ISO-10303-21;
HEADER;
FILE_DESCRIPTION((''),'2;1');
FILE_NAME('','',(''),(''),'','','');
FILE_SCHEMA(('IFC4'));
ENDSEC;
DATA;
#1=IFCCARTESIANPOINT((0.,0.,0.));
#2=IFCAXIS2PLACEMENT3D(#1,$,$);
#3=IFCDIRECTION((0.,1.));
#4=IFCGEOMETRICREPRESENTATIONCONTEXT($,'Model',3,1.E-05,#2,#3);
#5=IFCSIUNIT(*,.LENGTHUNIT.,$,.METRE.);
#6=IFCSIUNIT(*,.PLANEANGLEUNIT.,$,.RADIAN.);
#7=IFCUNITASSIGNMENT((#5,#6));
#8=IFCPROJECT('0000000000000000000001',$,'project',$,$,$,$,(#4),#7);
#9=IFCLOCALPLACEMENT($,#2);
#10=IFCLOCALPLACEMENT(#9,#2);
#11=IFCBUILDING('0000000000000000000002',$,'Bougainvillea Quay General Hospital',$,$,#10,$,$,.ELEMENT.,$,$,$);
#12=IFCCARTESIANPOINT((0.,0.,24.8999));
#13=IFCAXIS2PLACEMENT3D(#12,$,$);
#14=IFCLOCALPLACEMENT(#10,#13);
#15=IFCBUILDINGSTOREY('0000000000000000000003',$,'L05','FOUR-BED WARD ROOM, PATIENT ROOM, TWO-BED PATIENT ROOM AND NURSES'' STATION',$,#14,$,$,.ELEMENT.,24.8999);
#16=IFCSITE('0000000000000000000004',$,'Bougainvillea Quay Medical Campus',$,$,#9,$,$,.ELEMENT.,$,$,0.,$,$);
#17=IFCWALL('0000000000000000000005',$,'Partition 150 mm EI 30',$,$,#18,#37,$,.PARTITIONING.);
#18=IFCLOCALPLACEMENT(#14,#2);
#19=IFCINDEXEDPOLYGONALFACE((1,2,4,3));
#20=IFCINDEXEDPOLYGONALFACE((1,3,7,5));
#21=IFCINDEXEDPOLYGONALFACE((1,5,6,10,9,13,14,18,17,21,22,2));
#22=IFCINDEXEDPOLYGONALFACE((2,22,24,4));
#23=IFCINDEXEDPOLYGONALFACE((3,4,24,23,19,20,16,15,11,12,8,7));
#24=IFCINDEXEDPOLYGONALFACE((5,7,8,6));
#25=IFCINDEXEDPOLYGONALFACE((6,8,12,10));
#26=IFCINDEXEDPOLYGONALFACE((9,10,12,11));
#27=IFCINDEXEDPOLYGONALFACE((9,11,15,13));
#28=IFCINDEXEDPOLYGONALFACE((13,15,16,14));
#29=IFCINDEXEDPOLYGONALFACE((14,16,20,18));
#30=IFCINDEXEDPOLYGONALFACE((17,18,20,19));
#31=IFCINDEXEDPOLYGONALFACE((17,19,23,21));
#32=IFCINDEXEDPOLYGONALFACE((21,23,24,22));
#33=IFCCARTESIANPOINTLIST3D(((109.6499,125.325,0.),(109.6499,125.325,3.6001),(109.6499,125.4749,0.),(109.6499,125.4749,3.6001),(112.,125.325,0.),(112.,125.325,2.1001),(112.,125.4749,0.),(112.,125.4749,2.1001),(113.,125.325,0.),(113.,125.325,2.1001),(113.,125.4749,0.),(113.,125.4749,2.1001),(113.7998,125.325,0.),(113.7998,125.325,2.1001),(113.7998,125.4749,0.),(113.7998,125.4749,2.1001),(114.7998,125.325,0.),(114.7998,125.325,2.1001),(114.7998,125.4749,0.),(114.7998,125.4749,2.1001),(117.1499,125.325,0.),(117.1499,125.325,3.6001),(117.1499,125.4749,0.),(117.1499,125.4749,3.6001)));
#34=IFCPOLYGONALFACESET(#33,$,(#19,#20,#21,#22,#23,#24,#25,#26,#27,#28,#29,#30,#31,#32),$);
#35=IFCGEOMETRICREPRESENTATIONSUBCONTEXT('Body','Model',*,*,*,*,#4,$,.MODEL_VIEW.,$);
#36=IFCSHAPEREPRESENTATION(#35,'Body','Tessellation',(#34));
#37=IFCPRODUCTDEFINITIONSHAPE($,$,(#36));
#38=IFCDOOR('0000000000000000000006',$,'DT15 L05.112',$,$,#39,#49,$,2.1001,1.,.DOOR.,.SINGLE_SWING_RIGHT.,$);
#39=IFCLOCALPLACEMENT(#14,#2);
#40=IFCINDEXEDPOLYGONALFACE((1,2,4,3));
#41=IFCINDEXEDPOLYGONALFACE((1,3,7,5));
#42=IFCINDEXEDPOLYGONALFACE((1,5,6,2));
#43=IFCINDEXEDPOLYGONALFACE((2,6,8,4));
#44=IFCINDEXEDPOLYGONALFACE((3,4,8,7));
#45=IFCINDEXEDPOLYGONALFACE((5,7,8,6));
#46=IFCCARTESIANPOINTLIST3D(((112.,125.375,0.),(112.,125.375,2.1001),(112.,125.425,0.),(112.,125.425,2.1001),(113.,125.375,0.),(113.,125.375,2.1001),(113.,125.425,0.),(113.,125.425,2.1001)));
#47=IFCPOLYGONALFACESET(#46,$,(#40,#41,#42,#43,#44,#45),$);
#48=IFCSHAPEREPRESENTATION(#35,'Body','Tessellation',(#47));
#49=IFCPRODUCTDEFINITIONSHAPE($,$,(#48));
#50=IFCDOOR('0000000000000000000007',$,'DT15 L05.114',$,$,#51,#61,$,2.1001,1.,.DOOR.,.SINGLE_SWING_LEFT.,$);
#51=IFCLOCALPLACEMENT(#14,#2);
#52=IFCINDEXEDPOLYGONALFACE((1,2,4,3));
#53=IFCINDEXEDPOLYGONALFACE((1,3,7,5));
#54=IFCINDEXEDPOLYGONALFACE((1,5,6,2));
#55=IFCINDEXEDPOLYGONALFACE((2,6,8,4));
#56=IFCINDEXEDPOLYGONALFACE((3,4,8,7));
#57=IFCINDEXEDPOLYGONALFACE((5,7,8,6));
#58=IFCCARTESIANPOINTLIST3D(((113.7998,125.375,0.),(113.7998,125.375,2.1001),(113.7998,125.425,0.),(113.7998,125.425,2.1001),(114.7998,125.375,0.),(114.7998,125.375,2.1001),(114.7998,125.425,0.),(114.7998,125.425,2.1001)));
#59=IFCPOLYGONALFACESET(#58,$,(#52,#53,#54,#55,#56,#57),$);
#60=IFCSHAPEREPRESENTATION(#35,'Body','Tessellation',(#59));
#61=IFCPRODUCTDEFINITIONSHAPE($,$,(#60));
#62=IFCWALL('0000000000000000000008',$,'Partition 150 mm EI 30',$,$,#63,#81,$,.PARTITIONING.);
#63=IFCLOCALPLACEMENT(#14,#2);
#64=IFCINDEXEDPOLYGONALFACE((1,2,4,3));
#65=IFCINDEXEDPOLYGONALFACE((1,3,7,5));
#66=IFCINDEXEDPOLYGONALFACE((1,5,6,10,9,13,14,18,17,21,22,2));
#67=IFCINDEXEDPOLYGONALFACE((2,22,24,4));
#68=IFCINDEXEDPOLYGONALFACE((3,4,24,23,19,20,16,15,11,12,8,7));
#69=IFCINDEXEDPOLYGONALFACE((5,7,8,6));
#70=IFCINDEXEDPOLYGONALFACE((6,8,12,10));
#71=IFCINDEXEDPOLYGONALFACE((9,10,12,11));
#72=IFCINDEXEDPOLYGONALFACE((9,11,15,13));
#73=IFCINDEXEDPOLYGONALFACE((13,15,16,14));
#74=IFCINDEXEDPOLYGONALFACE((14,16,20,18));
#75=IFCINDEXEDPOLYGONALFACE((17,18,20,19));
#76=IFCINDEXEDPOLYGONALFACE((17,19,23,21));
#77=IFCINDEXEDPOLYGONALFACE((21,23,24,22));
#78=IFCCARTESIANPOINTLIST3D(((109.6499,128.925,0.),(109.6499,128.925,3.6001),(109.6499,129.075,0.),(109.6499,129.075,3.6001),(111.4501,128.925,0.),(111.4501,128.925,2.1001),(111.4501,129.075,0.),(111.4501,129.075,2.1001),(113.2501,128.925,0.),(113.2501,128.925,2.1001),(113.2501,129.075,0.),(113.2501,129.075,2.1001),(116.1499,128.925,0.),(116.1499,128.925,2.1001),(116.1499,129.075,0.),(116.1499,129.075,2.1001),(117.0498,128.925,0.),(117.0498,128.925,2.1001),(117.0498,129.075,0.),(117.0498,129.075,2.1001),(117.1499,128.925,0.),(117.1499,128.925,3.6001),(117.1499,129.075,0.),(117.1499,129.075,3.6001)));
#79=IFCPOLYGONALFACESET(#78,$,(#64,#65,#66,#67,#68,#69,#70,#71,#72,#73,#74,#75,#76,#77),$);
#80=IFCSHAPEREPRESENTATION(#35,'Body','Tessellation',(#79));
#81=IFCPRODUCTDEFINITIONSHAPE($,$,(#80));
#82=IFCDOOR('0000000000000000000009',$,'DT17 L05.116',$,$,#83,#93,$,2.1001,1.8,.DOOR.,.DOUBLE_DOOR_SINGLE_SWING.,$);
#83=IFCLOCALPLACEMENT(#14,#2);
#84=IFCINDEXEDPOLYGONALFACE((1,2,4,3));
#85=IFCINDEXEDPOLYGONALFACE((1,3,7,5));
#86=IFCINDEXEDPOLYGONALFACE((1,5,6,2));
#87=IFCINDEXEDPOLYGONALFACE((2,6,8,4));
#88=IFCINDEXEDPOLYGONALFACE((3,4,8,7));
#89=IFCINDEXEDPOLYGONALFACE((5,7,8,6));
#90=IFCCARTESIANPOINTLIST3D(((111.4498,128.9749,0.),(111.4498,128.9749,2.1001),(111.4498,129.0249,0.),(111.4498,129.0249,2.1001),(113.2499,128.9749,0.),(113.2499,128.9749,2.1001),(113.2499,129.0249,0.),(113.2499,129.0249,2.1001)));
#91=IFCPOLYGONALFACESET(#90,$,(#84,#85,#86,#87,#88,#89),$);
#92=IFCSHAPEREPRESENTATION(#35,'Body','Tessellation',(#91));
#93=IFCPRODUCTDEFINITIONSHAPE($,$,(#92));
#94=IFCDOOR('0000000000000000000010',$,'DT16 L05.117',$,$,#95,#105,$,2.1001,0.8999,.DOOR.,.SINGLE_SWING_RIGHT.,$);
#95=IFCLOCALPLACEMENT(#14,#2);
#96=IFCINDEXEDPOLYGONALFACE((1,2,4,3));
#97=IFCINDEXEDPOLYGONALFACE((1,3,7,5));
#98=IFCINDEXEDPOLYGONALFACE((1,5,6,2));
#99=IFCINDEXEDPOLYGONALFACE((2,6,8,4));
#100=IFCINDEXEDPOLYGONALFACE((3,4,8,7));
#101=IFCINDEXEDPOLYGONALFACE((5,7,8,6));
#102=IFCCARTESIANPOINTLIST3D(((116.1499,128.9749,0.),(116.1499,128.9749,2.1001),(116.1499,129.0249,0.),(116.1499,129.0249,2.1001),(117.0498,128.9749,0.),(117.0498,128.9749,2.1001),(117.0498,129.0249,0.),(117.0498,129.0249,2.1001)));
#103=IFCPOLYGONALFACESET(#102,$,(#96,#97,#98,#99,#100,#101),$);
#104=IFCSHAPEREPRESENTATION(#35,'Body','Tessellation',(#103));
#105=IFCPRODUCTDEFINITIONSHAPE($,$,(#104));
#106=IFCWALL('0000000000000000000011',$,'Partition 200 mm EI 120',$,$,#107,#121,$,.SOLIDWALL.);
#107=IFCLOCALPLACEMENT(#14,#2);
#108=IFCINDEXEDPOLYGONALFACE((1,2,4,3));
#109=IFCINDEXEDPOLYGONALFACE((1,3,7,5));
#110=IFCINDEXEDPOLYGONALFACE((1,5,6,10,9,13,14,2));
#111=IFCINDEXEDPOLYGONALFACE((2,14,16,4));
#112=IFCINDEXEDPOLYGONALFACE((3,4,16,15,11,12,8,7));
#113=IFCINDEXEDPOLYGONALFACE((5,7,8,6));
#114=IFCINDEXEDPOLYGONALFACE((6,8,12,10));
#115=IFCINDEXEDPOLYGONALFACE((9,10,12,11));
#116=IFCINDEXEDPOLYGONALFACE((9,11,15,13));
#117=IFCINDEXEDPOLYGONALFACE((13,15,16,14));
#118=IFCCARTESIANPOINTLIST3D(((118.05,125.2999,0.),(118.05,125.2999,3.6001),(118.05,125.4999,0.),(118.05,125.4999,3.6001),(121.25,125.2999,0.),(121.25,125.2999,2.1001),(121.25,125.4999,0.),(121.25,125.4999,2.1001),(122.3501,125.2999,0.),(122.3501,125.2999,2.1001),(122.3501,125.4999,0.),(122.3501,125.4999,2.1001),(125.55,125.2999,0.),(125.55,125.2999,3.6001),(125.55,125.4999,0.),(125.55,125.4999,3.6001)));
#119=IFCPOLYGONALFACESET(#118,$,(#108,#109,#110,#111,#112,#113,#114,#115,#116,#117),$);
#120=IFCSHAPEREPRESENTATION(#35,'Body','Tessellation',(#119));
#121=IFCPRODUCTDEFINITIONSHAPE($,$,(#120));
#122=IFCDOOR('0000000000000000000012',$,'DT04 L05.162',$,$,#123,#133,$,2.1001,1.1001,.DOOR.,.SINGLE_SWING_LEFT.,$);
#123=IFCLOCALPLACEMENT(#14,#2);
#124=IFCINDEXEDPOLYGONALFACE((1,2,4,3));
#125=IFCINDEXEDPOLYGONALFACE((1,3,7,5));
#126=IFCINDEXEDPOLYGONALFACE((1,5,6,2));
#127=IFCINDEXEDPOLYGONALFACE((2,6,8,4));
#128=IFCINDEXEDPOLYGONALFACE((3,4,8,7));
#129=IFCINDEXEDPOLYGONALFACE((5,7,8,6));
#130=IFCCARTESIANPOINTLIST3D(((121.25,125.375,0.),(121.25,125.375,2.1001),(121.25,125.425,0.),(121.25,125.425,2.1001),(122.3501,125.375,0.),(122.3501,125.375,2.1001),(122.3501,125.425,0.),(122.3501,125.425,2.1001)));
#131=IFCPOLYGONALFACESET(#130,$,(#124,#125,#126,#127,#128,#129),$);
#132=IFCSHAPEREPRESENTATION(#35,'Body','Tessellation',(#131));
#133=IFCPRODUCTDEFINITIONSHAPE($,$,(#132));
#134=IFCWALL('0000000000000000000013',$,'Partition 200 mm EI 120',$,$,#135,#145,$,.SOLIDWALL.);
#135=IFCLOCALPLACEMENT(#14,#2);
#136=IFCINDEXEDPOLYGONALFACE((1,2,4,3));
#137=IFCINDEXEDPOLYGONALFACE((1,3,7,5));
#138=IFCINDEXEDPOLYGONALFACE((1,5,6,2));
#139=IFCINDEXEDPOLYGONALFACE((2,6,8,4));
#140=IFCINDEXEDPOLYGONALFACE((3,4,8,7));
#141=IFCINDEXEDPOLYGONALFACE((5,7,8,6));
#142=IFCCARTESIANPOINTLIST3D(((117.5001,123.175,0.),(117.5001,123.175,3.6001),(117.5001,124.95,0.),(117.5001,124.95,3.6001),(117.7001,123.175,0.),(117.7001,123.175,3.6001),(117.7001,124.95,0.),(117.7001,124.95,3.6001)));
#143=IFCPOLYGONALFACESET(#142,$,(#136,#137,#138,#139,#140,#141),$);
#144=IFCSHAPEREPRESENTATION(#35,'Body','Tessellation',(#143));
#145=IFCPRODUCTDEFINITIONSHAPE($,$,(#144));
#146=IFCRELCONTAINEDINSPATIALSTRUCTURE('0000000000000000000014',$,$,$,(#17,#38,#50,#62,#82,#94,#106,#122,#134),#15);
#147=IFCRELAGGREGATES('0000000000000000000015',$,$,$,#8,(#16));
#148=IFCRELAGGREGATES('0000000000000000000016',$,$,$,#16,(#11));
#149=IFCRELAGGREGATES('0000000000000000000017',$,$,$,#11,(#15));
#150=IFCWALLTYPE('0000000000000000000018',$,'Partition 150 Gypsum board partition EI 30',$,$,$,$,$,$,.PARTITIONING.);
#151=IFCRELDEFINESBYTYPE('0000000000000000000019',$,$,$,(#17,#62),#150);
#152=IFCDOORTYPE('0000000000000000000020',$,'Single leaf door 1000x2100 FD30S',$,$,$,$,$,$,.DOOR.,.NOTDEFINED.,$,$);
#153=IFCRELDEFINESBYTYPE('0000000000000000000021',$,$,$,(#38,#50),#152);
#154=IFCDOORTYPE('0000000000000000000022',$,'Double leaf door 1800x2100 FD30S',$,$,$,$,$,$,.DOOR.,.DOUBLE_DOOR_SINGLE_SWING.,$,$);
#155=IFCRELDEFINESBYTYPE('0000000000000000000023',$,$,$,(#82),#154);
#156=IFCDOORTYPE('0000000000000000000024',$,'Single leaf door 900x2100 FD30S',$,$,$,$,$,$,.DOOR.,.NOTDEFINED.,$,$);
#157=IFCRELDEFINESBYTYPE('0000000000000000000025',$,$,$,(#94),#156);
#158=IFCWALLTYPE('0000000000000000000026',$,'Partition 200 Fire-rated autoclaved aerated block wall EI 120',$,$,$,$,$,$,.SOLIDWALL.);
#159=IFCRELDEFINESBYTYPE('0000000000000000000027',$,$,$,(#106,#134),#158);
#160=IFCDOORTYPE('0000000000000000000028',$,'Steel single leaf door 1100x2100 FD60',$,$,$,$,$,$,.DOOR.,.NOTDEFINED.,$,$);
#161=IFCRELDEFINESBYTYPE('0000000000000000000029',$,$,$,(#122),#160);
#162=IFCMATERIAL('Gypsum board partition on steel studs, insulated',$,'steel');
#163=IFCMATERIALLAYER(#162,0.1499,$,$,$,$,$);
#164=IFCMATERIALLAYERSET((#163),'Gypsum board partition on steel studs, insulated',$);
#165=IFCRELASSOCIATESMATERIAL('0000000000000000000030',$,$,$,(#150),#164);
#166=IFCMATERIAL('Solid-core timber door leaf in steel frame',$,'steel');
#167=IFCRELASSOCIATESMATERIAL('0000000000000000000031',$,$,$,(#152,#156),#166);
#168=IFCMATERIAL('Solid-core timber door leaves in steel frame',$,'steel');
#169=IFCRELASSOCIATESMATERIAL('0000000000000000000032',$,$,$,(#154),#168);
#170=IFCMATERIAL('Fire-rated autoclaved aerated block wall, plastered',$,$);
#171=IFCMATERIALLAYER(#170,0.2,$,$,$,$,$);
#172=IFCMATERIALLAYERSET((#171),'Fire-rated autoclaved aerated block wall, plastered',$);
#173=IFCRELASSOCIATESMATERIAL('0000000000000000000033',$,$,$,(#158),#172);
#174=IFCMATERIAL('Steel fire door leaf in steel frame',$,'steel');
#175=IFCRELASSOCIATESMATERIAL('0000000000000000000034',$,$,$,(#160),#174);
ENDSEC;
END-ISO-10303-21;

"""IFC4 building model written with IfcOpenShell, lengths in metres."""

from ifc_helpers import new_model, si_unit, direction, frame, frame_2d, origin, place, context, subcontext, project, spatial, rectangle, extrude, material, layer, layer_set, type_object, element, fill, save


model = new_model("IFC4")

# Units and contexts
model_context = context("Model", 3, precision=1e-05, world=origin(), true_north=direction((0.0, 1.0)))
body_context = subcontext(model_context, "Body", "Model", "MODEL_VIEW")
ifc_project = project(units=[si_unit("LENGTHUNIT", "METRE"), si_unit("PLANEANGLEUNIT", "RADIAN")], contexts=[model_context])

# Site, building, storey
site_placement = place(None, origin())
site = spatial("IfcSite", under=ifc_project, at=site_placement, Name="Bougainvillea Quay Medical Campus", CompositionType="ELEMENT", RefElevation=0.0)
building_placement = place(site_placement, origin())
building = spatial("IfcBuilding", under=site, at=building_placement, Name="Bougainvillea Quay General Hospital", CompositionType="ELEMENT")
storey_placement = place(building_placement, frame((0.0, 0.0, 24.8999)))
storey = spatial("IfcBuildingStorey", under=building, at=storey_placement, Name="L05", Description="FOUR-BED WARD ROOM, PATIENT ROOM, TWO-BED PATIENT ROOM AND NURSES' STATION", CompositionType="ELEMENT", Elevation=24.8999)

# Shared definitions
ifc_material_1 = material(Name="Gypsum board partition on steel studs, insulated", Category="steel")

# Shared definitions
ifc_material_2 = material(Name="Solid-core timber door leaf in steel frame", Category="steel")

# Walls, openings, doors
ifc_layer_1 = layer(ifc_material_1, 0.1499)
ifc_layer_set_1 = layer_set([ifc_layer_1], Name="Gypsum board partition on steel studs, insulated")
wall_type_1 = type_object("IfcWallType", Name="Partition 150 Gypsum board partition EI 30", PredefinedType="PARTITIONING", material=ifc_layer_set_1)
wall_1_placement = place(storey_placement, frame((117.1499, 125.3999, 0.0), z_axis=(0.0, 0.0, 1.0), x_axis=(-1.0, 0.0, 0.0)))
wall_1 = element("IfcWall", 1, at=wall_1_placement, inside=storey, type_object=wall_type_1, Name="Partition 150 mm EI 30", PredefinedType="PARTITIONING", context=body_context, shape_type="SweptSolid", body=[
    extrude(rectangle(XDim=7.5, YDim=0.1499, at=frame_2d((3.75, 0.0))), origin(), (0.0, 0.0, 1.0), 3.6001),
])
opening_1_placement = place(wall_1_placement, frame((4.1499, 0.0, 0.0)))
opening_1 = element("IfcOpeningElement", 2, at=opening_1_placement, cuts=wall_1, PredefinedType="OPENING", context=body_context, shape_type="SweptSolid", body=[
    extrude(rectangle(XDim=1.0, YDim=2.1001, at=frame_2d((0.5, 1.05))), frame((0.0, 0.085, 0.0), z_axis=(0.0, -1.0, 0.0), x_axis=(1.0, 0.0, 0.0)), (0.0, 0.0, 1.0), 0.1699),
])
opening_2_placement = place(wall_1_placement, frame((2.3501, 0.0, 0.0)))
opening_2 = element("IfcOpeningElement", 3, at=opening_2_placement, cuts=wall_1, PredefinedType="OPENING", context=body_context, shape_type="SweptSolid", body=[
    extrude(rectangle(XDim=1.0, YDim=2.1001, at=frame_2d((0.5, 1.05))), frame((0.0, 0.085, 0.0), z_axis=(0.0, -1.0, 0.0), x_axis=(1.0, 0.0, 0.0)), (0.0, 0.0, 1.0), 0.1699),
])
door_type_1 = type_object("IfcDoorType", Name="Single leaf door 1000x2100 FD30S", OperationType="NOTDEFINED", PredefinedType="DOOR", material=ifc_material_2)
door_1_placement = place(opening_1_placement, origin())
door_1 = element("IfcDoor", 4, at=door_1_placement, inside=storey, type_object=door_type_1, Name="DT15 L05.112", OperationType="SINGLE_SWING_RIGHT", OverallHeight=2.1001, OverallWidth=1.0, PredefinedType="DOOR", context=body_context, shape_type="SweptSolid", body=[
    extrude(rectangle(XDim=1.0, YDim=2.1001, at=frame_2d((0.5, 1.05))), frame((0.0, 0.0249, 0.0), z_axis=(0.0, -1.0, 0.0), x_axis=(1.0, 0.0, 0.0)), (0.0, 0.0, 1.0), 0.05),
])
fill(opening_1, door_1)
door_2_placement = place(opening_2_placement, origin())
door_2 = element("IfcDoor", 5, at=door_2_placement, inside=storey, type_object=door_type_1, Name="DT15 L05.114", OperationType="SINGLE_SWING_LEFT", OverallHeight=2.1001, OverallWidth=1.0, PredefinedType="DOOR", context=body_context, shape_type="SweptSolid", body=[
    extrude(rectangle(XDim=1.0, YDim=2.1001, at=frame_2d((0.5, 1.05))), frame((0.0, 0.0249, 0.0), z_axis=(0.0, -1.0, 0.0), x_axis=(1.0, 0.0, 0.0)), (0.0, 0.0, 1.0), 0.05),
])
fill(opening_2, door_2)
wall_2_placement = place(storey_placement, frame((117.1499, 129.0, 0.0), z_axis=(0.0, 0.0, 1.0), x_axis=(-1.0, 0.0, 0.0)))
wall_2 = element("IfcWall", 6, at=wall_2_placement, inside=storey, type_object=wall_type_1, Name="Partition 150 mm EI 30", PredefinedType="PARTITIONING", context=body_context, shape_type="SweptSolid", body=[
    extrude(rectangle(XDim=7.5, YDim=0.1499, at=frame_2d((3.75, 0.0))), origin(), (0.0, 0.0, 1.0), 3.6001),
])
opening_3_placement = place(wall_2_placement, frame((3.8999, 0.0, 0.0)))
opening_3 = element("IfcOpeningElement", 7, at=opening_3_placement, cuts=wall_2, PredefinedType="OPENING", context=body_context, shape_type="SweptSolid", body=[
    extrude(rectangle(XDim=1.8, YDim=2.1001, at=frame_2d((0.8999, 1.05))), frame((0.0, 0.085, 0.0), z_axis=(0.0, -1.0, 0.0), x_axis=(1.0, 0.0, 0.0)), (0.0, 0.0, 1.0), 0.1699),
])
opening_4_placement = place(wall_2_placement, frame((0.1001, 0.0, 0.0)))
opening_4 = element("IfcOpeningElement", 8, at=opening_4_placement, cuts=wall_2, PredefinedType="OPENING", context=body_context, shape_type="SweptSolid", body=[
    extrude(rectangle(XDim=0.8999, YDim=2.1001, at=frame_2d((0.45, 1.05))), frame((0.0, 0.085, 0.0), z_axis=(0.0, -1.0, 0.0), x_axis=(1.0, 0.0, 0.0)), (0.0, 0.0, 1.0), 0.1699),
])
ifc_material_3 = material(Name="Solid-core timber door leaves in steel frame", Category="steel")
door_type_2 = type_object("IfcDoorType", Name="Double leaf door 1800x2100 FD30S", OperationType="DOUBLE_DOOR_SINGLE_SWING", PredefinedType="DOOR", material=ifc_material_3)
door_3_placement = place(opening_3_placement, frame((1.8, 0.0, 0.0), z_axis=(0.0, 0.0, 1.0), x_axis=(-1.0, 0.0, 0.0)))
door_3 = element("IfcDoor", 9, at=door_3_placement, inside=storey, type_object=door_type_2, Name="DT17 L05.116", OperationType="DOUBLE_DOOR_SINGLE_SWING", OverallHeight=2.1001, OverallWidth=1.8, PredefinedType="DOOR", context=body_context, shape_type="SweptSolid", body=[
    extrude(rectangle(XDim=1.8, YDim=2.1001, at=frame_2d((0.8999, 1.05))), frame((0.0, 0.0249, 0.0), z_axis=(0.0, -1.0, 0.0), x_axis=(1.0, 0.0, 0.0)), (0.0, 0.0, 1.0), 0.05),
])
fill(opening_3, door_3)
door_type_3 = type_object("IfcDoorType", Name="Single leaf door 900x2100 FD30S", OperationType="NOTDEFINED", PredefinedType="DOOR", material=ifc_material_2)
door_4_placement = place(opening_4_placement, frame((0.8999, 0.0, 0.0), z_axis=(0.0, 0.0, 1.0), x_axis=(-1.0, 0.0, 0.0)))
door_4 = element("IfcDoor", 10, at=door_4_placement, inside=storey, type_object=door_type_3, Name="DT16 L05.117", OperationType="SINGLE_SWING_RIGHT", OverallHeight=2.1001, OverallWidth=0.8999, PredefinedType="DOOR", context=body_context, shape_type="SweptSolid", body=[
    extrude(rectangle(XDim=0.8999, YDim=2.1001, at=frame_2d((0.45, 1.05))), frame((0.0, 0.0249, 0.0), z_axis=(0.0, -1.0, 0.0), x_axis=(1.0, 0.0, 0.0)), (0.0, 0.0, 1.0), 0.05),
])
fill(opening_4, door_4)

# Wall, opening, door
ifc_material_4 = material(Name="Fire-rated autoclaved aerated block wall, plastered")
ifc_layer_2 = layer(ifc_material_4, 0.2)
ifc_layer_set_2 = layer_set([ifc_layer_2], Name="Fire-rated autoclaved aerated block wall, plastered")
wall_type_2 = type_object("IfcWallType", Name="Partition 200 Fire-rated autoclaved aerated block wall EI 120", PredefinedType="SOLIDWALL", material=ifc_layer_set_2)
wall_3_placement = place(storey_placement, frame((118.05, 125.3999, 0.0), z_axis=(0.0, 0.0, 1.0), x_axis=(1.0, 0.0, 0.0)))
wall_3 = element("IfcWall", 11, at=wall_3_placement, inside=storey, type_object=wall_type_2, Name="Partition 200 mm EI 120", PredefinedType="SOLIDWALL", context=body_context, shape_type="SweptSolid", body=[
    extrude(rectangle(XDim=7.5, YDim=0.2, at=frame_2d((3.75, 0.0))), origin(), (0.0, 0.0, 1.0), 3.6001),
])
opening_5_placement = place(wall_3_placement, frame((3.2, 0.0, 0.0)))
opening_5 = element("IfcOpeningElement", 12, at=opening_5_placement, cuts=wall_3, PredefinedType="OPENING", context=body_context, shape_type="SweptSolid", body=[
    extrude(rectangle(XDim=1.1001, YDim=2.1001, at=frame_2d((0.55, 1.05))), frame((0.0, 0.1099, 0.0), z_axis=(0.0, -1.0, 0.0), x_axis=(1.0, 0.0, 0.0)), (0.0, 0.0, 1.0), 0.22),
])
ifc_material_5 = material(Name="Steel fire door leaf in steel frame", Category="steel")
door_type_4 = type_object("IfcDoorType", Name="Steel single leaf door 1100x2100 FD60", OperationType="NOTDEFINED", PredefinedType="DOOR", material=ifc_material_5)
door_5_placement = place(opening_5_placement, frame((1.1001, 0.0, 0.0), z_axis=(0.0, 0.0, 1.0), x_axis=(-1.0, 0.0, 0.0)))
door_5 = element("IfcDoor", 13, at=door_5_placement, inside=storey, type_object=door_type_4, Name="DT04 L05.162", OperationType="SINGLE_SWING_LEFT", OverallHeight=2.1001, OverallWidth=1.1001, PredefinedType="DOOR", context=body_context, shape_type="SweptSolid", body=[
    extrude(rectangle(XDim=1.1001, YDim=2.1001, at=frame_2d((0.55, 1.05))), frame((0.0, 0.0249, 0.0), z_axis=(0.0, -1.0, 0.0), x_axis=(1.0, 0.0, 0.0)), (0.0, 0.0, 1.0), 0.05),
])
fill(opening_5, door_5)

# Wall
wall_4_placement = place(storey_placement, frame((117.6001, 123.175, 0.0), z_axis=(0.0, 0.0, 1.0), x_axis=(0.0, 1.0, 0.0)))
element("IfcWall", 14, at=wall_4_placement, inside=storey, type_object=wall_type_2, Name="Partition 200 mm EI 120", PredefinedType="SOLIDWALL", context=body_context, shape_type="SweptSolid", body=[
    extrude(rectangle(XDim=1.7749, YDim=0.2, at=frame_2d((0.8875, 0.0))), origin(), (0.0, 0.0, 1.0), 3.6001),
])

save(model, "model.ifc")
